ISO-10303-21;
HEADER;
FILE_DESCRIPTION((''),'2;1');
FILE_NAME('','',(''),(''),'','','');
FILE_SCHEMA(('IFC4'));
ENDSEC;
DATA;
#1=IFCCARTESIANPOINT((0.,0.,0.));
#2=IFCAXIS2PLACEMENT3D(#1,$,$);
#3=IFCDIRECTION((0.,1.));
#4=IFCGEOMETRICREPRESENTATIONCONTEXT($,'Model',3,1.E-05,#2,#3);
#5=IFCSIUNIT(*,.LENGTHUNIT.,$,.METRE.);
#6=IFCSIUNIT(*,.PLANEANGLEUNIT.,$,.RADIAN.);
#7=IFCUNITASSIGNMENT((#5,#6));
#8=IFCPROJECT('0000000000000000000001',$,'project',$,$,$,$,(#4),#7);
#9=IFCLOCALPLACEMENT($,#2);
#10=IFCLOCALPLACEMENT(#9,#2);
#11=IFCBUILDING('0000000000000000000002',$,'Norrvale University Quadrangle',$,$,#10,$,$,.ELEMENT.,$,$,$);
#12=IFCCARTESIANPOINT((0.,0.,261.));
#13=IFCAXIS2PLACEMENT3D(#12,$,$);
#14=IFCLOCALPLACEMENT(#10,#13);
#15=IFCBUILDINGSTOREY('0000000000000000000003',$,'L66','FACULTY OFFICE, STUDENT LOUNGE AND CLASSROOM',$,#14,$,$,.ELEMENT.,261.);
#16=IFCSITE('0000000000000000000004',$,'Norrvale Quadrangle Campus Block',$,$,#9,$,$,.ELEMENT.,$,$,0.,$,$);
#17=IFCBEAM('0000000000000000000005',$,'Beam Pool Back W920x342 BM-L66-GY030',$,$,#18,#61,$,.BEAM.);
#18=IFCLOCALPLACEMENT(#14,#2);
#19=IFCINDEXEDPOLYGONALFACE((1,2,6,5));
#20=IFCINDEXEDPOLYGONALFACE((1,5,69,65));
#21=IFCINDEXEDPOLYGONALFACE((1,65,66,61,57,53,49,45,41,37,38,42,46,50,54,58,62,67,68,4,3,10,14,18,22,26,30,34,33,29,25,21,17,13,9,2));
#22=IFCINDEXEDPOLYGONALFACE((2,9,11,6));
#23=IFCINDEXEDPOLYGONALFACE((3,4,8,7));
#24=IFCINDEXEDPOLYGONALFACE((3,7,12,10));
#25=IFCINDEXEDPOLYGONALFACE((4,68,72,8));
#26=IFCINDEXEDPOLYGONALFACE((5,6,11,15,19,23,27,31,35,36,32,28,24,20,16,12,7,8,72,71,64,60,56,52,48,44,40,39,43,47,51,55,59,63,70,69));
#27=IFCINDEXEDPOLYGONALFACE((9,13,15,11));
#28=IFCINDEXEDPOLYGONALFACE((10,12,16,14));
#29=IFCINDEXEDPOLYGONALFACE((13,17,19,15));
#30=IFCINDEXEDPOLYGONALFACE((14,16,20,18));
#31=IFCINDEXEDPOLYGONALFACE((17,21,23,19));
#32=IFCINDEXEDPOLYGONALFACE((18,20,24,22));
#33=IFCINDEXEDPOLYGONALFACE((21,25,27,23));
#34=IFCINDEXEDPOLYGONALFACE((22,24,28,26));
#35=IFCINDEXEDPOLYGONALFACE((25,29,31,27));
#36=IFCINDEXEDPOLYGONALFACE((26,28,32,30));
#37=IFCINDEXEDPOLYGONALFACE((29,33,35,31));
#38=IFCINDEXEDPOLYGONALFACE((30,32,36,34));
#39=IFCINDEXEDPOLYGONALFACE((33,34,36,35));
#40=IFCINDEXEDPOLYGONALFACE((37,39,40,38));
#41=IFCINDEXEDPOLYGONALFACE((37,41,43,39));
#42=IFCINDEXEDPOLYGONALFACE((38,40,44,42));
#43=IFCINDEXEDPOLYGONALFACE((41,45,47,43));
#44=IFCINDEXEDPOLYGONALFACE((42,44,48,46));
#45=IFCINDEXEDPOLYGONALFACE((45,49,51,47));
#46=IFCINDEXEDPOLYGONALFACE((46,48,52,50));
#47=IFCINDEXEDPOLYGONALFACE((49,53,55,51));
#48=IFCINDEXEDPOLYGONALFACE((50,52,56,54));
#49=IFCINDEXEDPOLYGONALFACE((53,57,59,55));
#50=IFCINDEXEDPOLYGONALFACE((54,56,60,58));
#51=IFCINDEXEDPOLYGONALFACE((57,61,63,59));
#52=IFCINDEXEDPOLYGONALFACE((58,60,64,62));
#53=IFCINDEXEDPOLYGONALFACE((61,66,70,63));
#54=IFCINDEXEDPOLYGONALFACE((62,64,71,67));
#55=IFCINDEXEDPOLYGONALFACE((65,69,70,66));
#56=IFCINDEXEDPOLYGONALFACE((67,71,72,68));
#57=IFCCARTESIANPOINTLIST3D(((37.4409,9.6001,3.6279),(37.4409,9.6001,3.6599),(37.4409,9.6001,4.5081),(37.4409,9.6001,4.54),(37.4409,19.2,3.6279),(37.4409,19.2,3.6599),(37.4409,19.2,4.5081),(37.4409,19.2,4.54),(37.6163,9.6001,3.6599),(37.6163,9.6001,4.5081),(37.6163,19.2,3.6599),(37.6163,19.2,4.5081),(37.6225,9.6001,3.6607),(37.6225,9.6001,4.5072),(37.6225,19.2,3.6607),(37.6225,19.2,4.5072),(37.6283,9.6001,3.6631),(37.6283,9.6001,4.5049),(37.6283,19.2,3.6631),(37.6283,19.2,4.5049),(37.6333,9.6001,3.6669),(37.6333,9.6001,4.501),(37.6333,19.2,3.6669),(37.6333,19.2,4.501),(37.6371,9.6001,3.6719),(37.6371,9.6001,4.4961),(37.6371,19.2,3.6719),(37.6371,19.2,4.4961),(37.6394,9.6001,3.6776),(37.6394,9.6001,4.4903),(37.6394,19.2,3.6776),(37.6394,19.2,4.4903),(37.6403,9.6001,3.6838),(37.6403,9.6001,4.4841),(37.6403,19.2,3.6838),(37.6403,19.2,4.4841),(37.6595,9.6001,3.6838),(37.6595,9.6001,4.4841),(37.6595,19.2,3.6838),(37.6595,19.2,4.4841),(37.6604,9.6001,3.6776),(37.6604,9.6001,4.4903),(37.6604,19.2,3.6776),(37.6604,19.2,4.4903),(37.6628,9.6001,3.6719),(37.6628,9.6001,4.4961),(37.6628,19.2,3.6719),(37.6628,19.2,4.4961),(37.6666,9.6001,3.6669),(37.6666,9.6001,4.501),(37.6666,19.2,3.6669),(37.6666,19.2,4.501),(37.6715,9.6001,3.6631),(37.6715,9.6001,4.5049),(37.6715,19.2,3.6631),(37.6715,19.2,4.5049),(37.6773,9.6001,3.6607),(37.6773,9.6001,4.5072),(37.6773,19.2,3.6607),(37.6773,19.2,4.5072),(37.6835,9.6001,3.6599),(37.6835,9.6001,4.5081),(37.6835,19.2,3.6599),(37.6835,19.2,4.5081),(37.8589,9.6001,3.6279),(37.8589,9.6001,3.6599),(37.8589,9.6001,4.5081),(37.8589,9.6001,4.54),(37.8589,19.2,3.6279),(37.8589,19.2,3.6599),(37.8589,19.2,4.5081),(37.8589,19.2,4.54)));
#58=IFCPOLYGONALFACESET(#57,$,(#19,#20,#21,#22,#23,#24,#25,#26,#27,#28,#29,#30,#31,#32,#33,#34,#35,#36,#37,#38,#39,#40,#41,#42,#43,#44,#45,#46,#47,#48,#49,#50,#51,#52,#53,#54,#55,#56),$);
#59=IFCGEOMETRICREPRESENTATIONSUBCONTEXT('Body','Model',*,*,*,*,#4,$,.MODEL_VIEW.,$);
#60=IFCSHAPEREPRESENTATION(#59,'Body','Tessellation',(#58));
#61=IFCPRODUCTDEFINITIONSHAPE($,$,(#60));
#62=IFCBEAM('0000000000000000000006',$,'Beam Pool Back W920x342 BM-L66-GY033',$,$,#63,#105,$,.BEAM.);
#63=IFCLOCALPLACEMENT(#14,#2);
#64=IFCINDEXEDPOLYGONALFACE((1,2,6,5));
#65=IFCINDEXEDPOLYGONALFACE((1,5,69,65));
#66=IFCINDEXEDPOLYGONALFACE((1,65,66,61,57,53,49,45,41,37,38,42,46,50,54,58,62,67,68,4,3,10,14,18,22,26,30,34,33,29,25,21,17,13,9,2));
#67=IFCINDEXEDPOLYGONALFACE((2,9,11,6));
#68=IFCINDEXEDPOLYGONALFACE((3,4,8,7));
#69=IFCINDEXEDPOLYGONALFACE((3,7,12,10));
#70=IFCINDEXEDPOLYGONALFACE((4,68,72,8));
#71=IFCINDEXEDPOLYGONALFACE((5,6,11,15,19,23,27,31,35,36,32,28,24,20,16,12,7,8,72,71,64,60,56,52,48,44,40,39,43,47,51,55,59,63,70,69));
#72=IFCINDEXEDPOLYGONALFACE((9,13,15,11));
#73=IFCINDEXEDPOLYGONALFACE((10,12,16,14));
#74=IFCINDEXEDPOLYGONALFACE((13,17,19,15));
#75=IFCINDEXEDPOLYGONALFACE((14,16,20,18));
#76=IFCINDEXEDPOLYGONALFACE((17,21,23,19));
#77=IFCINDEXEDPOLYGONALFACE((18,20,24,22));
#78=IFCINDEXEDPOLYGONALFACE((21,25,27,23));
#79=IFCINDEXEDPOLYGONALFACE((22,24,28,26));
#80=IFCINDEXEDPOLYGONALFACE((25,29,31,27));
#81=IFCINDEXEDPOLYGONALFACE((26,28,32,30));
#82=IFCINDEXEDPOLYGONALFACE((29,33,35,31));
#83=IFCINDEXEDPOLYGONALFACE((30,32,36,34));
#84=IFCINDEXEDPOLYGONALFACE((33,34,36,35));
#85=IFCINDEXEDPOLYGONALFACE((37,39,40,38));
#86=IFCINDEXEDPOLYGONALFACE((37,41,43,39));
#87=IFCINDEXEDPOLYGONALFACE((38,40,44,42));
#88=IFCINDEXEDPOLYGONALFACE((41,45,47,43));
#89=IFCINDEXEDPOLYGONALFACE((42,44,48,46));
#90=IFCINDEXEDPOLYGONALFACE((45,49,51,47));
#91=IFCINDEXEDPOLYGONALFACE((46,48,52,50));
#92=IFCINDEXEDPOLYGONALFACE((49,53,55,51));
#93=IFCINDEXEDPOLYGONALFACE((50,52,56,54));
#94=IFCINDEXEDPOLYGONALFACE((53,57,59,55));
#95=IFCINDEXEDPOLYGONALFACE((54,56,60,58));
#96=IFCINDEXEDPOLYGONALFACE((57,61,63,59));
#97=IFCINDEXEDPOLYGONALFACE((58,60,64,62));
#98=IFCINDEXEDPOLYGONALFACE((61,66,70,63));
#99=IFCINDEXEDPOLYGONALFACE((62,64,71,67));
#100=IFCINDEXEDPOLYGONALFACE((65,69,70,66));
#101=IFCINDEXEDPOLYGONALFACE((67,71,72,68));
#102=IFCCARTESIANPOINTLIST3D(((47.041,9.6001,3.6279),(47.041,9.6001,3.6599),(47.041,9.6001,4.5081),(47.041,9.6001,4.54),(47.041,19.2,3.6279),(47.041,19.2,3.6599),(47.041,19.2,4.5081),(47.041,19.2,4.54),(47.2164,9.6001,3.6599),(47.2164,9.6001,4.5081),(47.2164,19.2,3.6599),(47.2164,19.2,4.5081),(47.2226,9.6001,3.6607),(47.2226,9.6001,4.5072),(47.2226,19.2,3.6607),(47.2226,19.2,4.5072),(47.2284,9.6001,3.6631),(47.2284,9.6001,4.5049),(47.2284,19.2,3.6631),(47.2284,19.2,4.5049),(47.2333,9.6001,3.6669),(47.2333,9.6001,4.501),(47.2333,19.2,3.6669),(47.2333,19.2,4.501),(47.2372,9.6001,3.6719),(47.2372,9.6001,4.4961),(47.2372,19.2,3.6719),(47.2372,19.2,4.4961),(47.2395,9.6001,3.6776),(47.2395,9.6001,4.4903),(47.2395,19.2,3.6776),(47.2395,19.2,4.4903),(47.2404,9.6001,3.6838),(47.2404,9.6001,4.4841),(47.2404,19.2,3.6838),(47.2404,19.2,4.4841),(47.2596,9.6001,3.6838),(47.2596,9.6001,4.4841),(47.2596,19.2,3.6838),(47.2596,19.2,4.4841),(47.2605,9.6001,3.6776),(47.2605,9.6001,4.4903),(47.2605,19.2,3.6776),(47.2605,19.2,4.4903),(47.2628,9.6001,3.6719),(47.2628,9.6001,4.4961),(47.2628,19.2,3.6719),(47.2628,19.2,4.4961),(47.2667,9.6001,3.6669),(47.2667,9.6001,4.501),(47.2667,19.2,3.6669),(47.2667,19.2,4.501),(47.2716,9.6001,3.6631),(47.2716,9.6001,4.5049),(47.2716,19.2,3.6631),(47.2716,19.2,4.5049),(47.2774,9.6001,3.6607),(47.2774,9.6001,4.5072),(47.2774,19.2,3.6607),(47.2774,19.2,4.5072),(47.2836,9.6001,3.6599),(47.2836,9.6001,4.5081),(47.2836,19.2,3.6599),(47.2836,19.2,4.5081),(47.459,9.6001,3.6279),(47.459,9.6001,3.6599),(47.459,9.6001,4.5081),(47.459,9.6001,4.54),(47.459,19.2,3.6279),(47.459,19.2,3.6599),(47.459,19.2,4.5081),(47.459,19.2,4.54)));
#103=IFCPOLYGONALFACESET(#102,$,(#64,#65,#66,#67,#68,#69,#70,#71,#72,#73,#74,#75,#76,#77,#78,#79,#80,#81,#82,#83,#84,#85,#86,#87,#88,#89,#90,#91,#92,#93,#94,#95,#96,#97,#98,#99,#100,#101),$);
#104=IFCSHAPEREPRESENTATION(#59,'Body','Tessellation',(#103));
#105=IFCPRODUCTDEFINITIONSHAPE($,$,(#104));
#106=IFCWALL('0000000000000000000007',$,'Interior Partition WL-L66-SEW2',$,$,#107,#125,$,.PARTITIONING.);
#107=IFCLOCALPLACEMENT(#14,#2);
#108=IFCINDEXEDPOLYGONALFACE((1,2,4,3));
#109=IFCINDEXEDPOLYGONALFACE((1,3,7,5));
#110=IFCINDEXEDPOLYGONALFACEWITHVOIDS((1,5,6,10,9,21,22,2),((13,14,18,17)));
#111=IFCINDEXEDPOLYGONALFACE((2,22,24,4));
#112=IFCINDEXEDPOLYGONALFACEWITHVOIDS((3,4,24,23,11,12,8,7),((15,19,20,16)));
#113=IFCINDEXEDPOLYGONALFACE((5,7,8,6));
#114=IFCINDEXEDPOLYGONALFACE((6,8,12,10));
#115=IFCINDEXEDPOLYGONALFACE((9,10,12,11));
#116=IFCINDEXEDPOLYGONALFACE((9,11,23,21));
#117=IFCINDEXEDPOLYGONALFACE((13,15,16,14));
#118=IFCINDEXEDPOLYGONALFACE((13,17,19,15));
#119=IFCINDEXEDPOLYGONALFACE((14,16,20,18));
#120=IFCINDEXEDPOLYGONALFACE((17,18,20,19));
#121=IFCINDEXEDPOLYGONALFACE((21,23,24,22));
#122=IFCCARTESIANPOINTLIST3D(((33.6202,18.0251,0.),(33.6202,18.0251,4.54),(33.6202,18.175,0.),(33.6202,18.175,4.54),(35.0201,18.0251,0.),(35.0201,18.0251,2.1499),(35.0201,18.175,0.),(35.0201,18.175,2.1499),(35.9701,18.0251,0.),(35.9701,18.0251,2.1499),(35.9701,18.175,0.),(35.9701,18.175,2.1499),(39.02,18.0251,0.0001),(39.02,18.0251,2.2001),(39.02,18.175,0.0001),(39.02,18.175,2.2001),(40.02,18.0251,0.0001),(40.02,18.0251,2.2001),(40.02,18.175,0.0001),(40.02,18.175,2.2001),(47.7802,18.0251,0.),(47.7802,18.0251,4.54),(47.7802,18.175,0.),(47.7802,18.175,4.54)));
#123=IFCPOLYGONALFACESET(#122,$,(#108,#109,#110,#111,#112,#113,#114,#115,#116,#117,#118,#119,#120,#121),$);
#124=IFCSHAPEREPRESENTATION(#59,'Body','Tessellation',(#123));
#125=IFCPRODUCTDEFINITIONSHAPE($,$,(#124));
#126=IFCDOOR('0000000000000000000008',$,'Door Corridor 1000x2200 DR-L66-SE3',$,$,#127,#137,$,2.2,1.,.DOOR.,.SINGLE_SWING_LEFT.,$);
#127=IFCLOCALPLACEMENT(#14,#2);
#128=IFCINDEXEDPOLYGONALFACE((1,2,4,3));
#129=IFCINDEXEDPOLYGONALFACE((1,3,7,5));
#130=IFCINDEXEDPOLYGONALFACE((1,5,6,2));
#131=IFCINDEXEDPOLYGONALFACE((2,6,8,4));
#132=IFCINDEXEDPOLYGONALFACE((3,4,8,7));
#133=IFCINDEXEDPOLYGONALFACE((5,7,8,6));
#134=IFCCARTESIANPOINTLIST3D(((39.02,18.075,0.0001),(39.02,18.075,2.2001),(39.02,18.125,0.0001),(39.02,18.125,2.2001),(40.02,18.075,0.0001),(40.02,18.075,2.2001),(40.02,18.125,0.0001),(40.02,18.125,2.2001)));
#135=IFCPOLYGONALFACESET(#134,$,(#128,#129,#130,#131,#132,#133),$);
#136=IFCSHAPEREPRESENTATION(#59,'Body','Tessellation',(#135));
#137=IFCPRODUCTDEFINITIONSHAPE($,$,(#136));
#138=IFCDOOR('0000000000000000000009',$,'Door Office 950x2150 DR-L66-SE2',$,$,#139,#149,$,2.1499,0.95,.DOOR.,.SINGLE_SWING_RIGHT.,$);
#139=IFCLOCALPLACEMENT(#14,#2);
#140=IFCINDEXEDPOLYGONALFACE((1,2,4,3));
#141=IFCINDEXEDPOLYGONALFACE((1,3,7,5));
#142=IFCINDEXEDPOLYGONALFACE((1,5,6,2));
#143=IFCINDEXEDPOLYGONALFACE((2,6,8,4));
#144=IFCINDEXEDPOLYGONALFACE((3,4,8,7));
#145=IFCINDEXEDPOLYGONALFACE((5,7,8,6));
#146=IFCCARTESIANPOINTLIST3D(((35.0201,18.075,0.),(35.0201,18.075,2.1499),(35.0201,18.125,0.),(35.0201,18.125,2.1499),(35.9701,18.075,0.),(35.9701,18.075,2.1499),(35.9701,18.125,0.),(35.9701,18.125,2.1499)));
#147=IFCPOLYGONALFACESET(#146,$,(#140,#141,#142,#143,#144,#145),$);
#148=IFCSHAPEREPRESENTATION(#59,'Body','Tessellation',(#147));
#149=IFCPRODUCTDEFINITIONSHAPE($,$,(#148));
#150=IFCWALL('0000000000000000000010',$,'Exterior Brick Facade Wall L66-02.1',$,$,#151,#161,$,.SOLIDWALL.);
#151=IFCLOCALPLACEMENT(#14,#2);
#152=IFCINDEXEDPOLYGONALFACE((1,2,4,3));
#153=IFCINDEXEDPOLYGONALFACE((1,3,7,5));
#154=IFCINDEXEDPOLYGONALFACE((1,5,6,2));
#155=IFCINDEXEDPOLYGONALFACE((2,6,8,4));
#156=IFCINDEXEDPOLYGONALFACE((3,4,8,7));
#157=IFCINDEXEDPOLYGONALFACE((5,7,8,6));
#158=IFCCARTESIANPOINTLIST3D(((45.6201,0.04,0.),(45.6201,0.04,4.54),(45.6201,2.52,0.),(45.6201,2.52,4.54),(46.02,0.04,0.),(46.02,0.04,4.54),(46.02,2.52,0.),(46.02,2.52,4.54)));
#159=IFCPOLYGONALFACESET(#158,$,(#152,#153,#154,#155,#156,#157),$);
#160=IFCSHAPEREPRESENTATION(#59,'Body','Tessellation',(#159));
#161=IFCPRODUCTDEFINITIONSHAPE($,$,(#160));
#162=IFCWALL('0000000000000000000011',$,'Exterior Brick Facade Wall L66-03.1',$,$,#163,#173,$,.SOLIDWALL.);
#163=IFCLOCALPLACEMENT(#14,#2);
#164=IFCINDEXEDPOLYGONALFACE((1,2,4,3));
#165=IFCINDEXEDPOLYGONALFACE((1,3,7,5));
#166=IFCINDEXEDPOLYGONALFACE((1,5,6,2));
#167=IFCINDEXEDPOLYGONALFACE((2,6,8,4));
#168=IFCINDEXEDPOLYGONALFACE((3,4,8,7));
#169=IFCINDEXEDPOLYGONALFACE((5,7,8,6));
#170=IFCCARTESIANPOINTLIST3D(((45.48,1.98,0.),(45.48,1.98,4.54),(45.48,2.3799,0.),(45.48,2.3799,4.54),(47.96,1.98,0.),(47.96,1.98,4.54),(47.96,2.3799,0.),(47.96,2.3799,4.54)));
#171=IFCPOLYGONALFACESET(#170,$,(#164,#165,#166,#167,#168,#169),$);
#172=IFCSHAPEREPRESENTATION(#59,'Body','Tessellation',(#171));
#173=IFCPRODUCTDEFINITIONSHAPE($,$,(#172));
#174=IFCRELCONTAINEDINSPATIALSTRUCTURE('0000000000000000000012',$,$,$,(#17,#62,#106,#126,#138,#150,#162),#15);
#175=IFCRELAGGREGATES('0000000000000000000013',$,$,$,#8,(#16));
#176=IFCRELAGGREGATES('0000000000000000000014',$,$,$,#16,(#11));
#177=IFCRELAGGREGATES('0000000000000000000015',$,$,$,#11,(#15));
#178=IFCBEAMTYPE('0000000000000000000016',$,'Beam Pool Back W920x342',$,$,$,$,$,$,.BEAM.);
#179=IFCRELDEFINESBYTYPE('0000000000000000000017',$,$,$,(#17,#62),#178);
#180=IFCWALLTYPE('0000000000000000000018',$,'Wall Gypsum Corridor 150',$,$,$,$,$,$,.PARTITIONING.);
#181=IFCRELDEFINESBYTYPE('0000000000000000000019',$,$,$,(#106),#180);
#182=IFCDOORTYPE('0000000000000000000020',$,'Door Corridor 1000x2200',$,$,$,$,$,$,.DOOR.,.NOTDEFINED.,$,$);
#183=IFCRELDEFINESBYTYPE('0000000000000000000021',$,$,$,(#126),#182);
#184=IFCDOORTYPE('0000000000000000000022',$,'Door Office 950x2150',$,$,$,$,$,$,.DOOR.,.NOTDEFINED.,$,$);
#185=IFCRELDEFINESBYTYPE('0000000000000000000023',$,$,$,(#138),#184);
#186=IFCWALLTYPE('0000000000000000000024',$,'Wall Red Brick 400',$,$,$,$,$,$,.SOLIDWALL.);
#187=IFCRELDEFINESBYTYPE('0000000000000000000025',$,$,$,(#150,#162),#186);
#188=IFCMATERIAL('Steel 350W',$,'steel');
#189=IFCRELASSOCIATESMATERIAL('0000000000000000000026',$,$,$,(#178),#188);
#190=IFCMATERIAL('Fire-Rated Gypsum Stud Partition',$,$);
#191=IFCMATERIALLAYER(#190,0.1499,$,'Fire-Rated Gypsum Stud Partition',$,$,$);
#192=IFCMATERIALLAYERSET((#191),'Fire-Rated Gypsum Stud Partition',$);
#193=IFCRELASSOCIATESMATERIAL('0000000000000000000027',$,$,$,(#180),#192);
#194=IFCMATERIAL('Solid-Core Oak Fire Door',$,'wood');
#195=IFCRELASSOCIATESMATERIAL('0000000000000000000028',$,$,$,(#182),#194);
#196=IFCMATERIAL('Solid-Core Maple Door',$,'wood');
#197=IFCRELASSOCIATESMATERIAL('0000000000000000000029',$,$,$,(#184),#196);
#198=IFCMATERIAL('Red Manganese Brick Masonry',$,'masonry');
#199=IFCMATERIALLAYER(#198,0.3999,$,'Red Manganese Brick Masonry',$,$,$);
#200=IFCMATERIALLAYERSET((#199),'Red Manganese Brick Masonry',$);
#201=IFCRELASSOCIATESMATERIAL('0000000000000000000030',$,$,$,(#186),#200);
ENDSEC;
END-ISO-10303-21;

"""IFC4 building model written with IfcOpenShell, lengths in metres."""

from ifc_helpers import new_model, si_unit, direction, frame, frame_2d, origin, origin_2d, place, context, subcontext, project, spatial, rectangle, i_section, extrude, material, layer, layer_set, material_profile, profile_set, type_object, element, fill, save


model = new_model("IFC4")

# Units and contexts
model_context = context("Model", 3, precision=1e-05, world=origin(), true_north=direction((0.0, 1.0)))
body_context = subcontext(model_context, "Body", "Model", "MODEL_VIEW")
ifc_project = project(units=[si_unit("LENGTHUNIT", "METRE"), si_unit("PLANEANGLEUNIT", "RADIAN")], contexts=[model_context])

# Site, building, storey
site_placement = place(None, origin())
site = spatial("IfcSite", under=ifc_project, at=site_placement, Name="Norrvale Quadrangle Campus Block", CompositionType="ELEMENT", RefElevation=0.0)
building_placement = place(site_placement, origin())
building = spatial("IfcBuilding", under=site, at=building_placement, Name="Norrvale University Quadrangle", CompositionType="ELEMENT")
storey_placement = place(building_placement, frame((0.0, 0.0, 261.0)))
storey = spatial("IfcBuildingStorey", under=building, at=storey_placement, Name="L66", Description="FACULTY OFFICE, STUDENT LOUNGE AND CLASSROOM", CompositionType="ELEMENT", Elevation=261.0)

# Beams
ifc_material_1 = material(Name="Steel 350W", Category="steel")
ifc_material_profile_1 = material_profile(ifc_material_1, i_section(OverallWidth=0.418, OverallDepth=0.9121, WebThickness=0.0193, FlangeThickness=0.032, FilletRadius=0.0239, at=origin_2d()), Name="Steel 350W")
ifc_profile_set_1 = profile_set([ifc_material_profile_1], Name="Steel 350W")
beam_type_1 = type_object("IfcBeamType", Name="Beam Pool Back W920x342", PredefinedType="BEAM", material=ifc_profile_set_1)
for number, where, z_axis, x_axis, name in (
    (1, (37.6499, 9.6001, 4.084), (0.0, 1.0, 0.0), (-1.0, 0.0, 0.0), "Beam Pool Back W920x342 BM-L66-GY030"),
    (2, (47.25, 9.6001, 4.084), (0.0, 1.0, 0.0), (-1.0, 0.0, 0.0), "Beam Pool Back W920x342 BM-L66-GY033"),
):
    element("IfcBeam", number, at=place(storey_placement, frame(where, z_axis=z_axis, x_axis=x_axis)), inside=storey, type_object=beam_type_1, Name=name, PredefinedType="BEAM", context=body_context, shape_type="SweptSolid", body=[
        extrude(i_section(OverallWidth=0.418, OverallDepth=0.9121, WebThickness=0.0193, FlangeThickness=0.032, FilletRadius=0.0239, at=origin_2d()), origin(), (0.0, 0.0, 1.0), 9.5999),
    ])

# Wall, openings, doors
ifc_material_2 = material(Name="Fire-Rated Gypsum Stud Partition")
ifc_layer_1 = layer(ifc_material_2, 0.1499, Name="Fire-Rated Gypsum Stud Partition")
ifc_layer_set_1 = layer_set([ifc_layer_1], Name="Fire-Rated Gypsum Stud Partition")
wall_type_1 = type_object("IfcWallType", Name="Wall Gypsum Corridor 150", PredefinedType="PARTITIONING", material=ifc_layer_set_1)
wall_1_placement = place(storey_placement, frame((33.6201, 18.1001, 0.0), z_axis=(0.0, 0.0, 1.0), x_axis=(1.0, 0.0, 0.0)))
wall_1 = element("IfcWall", 3, at=wall_1_placement, inside=storey, type_object=wall_type_1, Name="Interior Partition WL-L66-SEW2", PredefinedType="PARTITIONING", context=body_context, shape_type="SweptSolid", body=[
    extrude(rectangle(XDim=14.1599, YDim=0.1499, at=frame_2d((7.0801, 0.0))), origin(), (0.0, 0.0, 1.0), 4.54),
])
opening_1_placement = place(wall_1_placement, frame((1.3999, 0.0, 0.0)))
opening_1 = element("IfcOpeningElement", 4, at=opening_1_placement, cuts=wall_1, PredefinedType="OPENING", context=body_context, shape_type="SweptSolid", body=[
    extrude(rectangle(XDim=0.95, YDim=2.1499, at=frame_2d((0.4751, 1.075))), frame((0.0, 0.0869, 0.0), z_axis=(0.0, -1.0, 0.0), x_axis=(1.0, 0.0, 0.0)), (0.0, 0.0, 1.0), 0.1738),
])
opening_2_placement = place(wall_1_placement, frame((5.3999, 0.0, 0.0)))
opening_2 = element("IfcOpeningElement", 5, at=opening_2_placement, cuts=wall_1, PredefinedType="OPENING", context=body_context, shape_type="SweptSolid", body=[
    extrude(rectangle(XDim=1.0, YDim=2.2, at=frame_2d((0.5, 1.1001))), frame((0.0, 0.0869, 0.0), z_axis=(0.0, -1.0, 0.0), x_axis=(1.0, 0.0, 0.0)), (0.0, 0.0, 1.0), 0.1738),
])
ifc_material_3 = material(Name="Solid-Core Oak Fire Door", Category="wood")
door_type_1 = type_object("IfcDoorType", Name="Door Corridor 1000x2200", OperationType="NOTDEFINED", PredefinedType="DOOR", material=ifc_material_3)
door_1_placement = place(opening_2_placement, origin())
door_1 = element("IfcDoor", 6, at=door_1_placement, inside=storey, type_object=door_type_1, Name="Door Corridor 1000x2200 DR-L66-SE3", OperationType="SINGLE_SWING_LEFT", OverallHeight=2.2, OverallWidth=1.0, PredefinedType="DOOR", context=body_context, shape_type="SweptSolid", body=[
    extrude(rectangle(XDim=1.0, YDim=2.2, at=frame_2d((0.5, 1.1001))), frame((0.0, 0.0249, 0.0), z_axis=(0.0, -1.0, 0.0), x_axis=(1.0, 0.0, 0.0)), (0.0, 0.0, 1.0), 0.05),
])
fill(opening_2, door_1)
ifc_material_4 = material(Name="Solid-Core Maple Door", Category="wood")
door_type_2 = type_object("IfcDoorType", Name="Door Office 950x2150", OperationType="NOTDEFINED", PredefinedType="DOOR", material=ifc_material_4)
door_2_placement = place(opening_1_placement, origin())
door_2 = element("IfcDoor", 7, at=door_2_placement, inside=storey, type_object=door_type_2, Name="Door Office 950x2150 DR-L66-SE2", OperationType="SINGLE_SWING_RIGHT", OverallHeight=2.1499, OverallWidth=0.95, PredefinedType="DOOR", context=body_context, shape_type="SweptSolid", body=[
    extrude(rectangle(XDim=0.95, YDim=2.1499, at=frame_2d((0.4751, 1.075))), frame((0.0, 0.0249, 0.0), z_axis=(0.0, -1.0, 0.0), x_axis=(1.0, 0.0, 0.0)), (0.0, 0.0, 1.0), 0.05),
])
fill(opening_1, door_2)

# Walls
ifc_material_5 = material(Name="Red Manganese Brick Masonry", Category="masonry")
ifc_layer_2 = layer(ifc_material_5, 0.3999, Name="Red Manganese Brick Masonry")
ifc_layer_set_2 = layer_set([ifc_layer_2], Name="Red Manganese Brick Masonry")
wall_type_2 = type_object("IfcWallType", Name="Wall Red Brick 400", PredefinedType="SOLIDWALL", material=ifc_layer_set_2)
for number, where, z_axis, x_axis, name in (
    (8, (45.8201, 0.04, 0.0), (0.0, 0.0, 1.0), (0.0, 1.0, 0.0), "Exterior Brick Facade Wall L66-02.1"),
    (9, (45.48, 2.1799, 0.0), (0.0, 0.0, 1.0), (1.0, 0.0, 0.0), "Exterior Brick Facade Wall L66-03.1"),
):
    element("IfcWall", number, at=place(storey_placement, frame(where, z_axis=z_axis, x_axis=x_axis)), inside=storey, type_object=wall_type_2, Name=name, PredefinedType="SOLIDWALL", context=body_context, shape_type="SweptSolid", body=[
        extrude(rectangle(XDim=2.48, YDim=0.3999, at=frame_2d((1.24, 0.0))), origin(), (0.0, 0.0, 1.0), 4.54),
    ])

save(model, "model.ifc")
